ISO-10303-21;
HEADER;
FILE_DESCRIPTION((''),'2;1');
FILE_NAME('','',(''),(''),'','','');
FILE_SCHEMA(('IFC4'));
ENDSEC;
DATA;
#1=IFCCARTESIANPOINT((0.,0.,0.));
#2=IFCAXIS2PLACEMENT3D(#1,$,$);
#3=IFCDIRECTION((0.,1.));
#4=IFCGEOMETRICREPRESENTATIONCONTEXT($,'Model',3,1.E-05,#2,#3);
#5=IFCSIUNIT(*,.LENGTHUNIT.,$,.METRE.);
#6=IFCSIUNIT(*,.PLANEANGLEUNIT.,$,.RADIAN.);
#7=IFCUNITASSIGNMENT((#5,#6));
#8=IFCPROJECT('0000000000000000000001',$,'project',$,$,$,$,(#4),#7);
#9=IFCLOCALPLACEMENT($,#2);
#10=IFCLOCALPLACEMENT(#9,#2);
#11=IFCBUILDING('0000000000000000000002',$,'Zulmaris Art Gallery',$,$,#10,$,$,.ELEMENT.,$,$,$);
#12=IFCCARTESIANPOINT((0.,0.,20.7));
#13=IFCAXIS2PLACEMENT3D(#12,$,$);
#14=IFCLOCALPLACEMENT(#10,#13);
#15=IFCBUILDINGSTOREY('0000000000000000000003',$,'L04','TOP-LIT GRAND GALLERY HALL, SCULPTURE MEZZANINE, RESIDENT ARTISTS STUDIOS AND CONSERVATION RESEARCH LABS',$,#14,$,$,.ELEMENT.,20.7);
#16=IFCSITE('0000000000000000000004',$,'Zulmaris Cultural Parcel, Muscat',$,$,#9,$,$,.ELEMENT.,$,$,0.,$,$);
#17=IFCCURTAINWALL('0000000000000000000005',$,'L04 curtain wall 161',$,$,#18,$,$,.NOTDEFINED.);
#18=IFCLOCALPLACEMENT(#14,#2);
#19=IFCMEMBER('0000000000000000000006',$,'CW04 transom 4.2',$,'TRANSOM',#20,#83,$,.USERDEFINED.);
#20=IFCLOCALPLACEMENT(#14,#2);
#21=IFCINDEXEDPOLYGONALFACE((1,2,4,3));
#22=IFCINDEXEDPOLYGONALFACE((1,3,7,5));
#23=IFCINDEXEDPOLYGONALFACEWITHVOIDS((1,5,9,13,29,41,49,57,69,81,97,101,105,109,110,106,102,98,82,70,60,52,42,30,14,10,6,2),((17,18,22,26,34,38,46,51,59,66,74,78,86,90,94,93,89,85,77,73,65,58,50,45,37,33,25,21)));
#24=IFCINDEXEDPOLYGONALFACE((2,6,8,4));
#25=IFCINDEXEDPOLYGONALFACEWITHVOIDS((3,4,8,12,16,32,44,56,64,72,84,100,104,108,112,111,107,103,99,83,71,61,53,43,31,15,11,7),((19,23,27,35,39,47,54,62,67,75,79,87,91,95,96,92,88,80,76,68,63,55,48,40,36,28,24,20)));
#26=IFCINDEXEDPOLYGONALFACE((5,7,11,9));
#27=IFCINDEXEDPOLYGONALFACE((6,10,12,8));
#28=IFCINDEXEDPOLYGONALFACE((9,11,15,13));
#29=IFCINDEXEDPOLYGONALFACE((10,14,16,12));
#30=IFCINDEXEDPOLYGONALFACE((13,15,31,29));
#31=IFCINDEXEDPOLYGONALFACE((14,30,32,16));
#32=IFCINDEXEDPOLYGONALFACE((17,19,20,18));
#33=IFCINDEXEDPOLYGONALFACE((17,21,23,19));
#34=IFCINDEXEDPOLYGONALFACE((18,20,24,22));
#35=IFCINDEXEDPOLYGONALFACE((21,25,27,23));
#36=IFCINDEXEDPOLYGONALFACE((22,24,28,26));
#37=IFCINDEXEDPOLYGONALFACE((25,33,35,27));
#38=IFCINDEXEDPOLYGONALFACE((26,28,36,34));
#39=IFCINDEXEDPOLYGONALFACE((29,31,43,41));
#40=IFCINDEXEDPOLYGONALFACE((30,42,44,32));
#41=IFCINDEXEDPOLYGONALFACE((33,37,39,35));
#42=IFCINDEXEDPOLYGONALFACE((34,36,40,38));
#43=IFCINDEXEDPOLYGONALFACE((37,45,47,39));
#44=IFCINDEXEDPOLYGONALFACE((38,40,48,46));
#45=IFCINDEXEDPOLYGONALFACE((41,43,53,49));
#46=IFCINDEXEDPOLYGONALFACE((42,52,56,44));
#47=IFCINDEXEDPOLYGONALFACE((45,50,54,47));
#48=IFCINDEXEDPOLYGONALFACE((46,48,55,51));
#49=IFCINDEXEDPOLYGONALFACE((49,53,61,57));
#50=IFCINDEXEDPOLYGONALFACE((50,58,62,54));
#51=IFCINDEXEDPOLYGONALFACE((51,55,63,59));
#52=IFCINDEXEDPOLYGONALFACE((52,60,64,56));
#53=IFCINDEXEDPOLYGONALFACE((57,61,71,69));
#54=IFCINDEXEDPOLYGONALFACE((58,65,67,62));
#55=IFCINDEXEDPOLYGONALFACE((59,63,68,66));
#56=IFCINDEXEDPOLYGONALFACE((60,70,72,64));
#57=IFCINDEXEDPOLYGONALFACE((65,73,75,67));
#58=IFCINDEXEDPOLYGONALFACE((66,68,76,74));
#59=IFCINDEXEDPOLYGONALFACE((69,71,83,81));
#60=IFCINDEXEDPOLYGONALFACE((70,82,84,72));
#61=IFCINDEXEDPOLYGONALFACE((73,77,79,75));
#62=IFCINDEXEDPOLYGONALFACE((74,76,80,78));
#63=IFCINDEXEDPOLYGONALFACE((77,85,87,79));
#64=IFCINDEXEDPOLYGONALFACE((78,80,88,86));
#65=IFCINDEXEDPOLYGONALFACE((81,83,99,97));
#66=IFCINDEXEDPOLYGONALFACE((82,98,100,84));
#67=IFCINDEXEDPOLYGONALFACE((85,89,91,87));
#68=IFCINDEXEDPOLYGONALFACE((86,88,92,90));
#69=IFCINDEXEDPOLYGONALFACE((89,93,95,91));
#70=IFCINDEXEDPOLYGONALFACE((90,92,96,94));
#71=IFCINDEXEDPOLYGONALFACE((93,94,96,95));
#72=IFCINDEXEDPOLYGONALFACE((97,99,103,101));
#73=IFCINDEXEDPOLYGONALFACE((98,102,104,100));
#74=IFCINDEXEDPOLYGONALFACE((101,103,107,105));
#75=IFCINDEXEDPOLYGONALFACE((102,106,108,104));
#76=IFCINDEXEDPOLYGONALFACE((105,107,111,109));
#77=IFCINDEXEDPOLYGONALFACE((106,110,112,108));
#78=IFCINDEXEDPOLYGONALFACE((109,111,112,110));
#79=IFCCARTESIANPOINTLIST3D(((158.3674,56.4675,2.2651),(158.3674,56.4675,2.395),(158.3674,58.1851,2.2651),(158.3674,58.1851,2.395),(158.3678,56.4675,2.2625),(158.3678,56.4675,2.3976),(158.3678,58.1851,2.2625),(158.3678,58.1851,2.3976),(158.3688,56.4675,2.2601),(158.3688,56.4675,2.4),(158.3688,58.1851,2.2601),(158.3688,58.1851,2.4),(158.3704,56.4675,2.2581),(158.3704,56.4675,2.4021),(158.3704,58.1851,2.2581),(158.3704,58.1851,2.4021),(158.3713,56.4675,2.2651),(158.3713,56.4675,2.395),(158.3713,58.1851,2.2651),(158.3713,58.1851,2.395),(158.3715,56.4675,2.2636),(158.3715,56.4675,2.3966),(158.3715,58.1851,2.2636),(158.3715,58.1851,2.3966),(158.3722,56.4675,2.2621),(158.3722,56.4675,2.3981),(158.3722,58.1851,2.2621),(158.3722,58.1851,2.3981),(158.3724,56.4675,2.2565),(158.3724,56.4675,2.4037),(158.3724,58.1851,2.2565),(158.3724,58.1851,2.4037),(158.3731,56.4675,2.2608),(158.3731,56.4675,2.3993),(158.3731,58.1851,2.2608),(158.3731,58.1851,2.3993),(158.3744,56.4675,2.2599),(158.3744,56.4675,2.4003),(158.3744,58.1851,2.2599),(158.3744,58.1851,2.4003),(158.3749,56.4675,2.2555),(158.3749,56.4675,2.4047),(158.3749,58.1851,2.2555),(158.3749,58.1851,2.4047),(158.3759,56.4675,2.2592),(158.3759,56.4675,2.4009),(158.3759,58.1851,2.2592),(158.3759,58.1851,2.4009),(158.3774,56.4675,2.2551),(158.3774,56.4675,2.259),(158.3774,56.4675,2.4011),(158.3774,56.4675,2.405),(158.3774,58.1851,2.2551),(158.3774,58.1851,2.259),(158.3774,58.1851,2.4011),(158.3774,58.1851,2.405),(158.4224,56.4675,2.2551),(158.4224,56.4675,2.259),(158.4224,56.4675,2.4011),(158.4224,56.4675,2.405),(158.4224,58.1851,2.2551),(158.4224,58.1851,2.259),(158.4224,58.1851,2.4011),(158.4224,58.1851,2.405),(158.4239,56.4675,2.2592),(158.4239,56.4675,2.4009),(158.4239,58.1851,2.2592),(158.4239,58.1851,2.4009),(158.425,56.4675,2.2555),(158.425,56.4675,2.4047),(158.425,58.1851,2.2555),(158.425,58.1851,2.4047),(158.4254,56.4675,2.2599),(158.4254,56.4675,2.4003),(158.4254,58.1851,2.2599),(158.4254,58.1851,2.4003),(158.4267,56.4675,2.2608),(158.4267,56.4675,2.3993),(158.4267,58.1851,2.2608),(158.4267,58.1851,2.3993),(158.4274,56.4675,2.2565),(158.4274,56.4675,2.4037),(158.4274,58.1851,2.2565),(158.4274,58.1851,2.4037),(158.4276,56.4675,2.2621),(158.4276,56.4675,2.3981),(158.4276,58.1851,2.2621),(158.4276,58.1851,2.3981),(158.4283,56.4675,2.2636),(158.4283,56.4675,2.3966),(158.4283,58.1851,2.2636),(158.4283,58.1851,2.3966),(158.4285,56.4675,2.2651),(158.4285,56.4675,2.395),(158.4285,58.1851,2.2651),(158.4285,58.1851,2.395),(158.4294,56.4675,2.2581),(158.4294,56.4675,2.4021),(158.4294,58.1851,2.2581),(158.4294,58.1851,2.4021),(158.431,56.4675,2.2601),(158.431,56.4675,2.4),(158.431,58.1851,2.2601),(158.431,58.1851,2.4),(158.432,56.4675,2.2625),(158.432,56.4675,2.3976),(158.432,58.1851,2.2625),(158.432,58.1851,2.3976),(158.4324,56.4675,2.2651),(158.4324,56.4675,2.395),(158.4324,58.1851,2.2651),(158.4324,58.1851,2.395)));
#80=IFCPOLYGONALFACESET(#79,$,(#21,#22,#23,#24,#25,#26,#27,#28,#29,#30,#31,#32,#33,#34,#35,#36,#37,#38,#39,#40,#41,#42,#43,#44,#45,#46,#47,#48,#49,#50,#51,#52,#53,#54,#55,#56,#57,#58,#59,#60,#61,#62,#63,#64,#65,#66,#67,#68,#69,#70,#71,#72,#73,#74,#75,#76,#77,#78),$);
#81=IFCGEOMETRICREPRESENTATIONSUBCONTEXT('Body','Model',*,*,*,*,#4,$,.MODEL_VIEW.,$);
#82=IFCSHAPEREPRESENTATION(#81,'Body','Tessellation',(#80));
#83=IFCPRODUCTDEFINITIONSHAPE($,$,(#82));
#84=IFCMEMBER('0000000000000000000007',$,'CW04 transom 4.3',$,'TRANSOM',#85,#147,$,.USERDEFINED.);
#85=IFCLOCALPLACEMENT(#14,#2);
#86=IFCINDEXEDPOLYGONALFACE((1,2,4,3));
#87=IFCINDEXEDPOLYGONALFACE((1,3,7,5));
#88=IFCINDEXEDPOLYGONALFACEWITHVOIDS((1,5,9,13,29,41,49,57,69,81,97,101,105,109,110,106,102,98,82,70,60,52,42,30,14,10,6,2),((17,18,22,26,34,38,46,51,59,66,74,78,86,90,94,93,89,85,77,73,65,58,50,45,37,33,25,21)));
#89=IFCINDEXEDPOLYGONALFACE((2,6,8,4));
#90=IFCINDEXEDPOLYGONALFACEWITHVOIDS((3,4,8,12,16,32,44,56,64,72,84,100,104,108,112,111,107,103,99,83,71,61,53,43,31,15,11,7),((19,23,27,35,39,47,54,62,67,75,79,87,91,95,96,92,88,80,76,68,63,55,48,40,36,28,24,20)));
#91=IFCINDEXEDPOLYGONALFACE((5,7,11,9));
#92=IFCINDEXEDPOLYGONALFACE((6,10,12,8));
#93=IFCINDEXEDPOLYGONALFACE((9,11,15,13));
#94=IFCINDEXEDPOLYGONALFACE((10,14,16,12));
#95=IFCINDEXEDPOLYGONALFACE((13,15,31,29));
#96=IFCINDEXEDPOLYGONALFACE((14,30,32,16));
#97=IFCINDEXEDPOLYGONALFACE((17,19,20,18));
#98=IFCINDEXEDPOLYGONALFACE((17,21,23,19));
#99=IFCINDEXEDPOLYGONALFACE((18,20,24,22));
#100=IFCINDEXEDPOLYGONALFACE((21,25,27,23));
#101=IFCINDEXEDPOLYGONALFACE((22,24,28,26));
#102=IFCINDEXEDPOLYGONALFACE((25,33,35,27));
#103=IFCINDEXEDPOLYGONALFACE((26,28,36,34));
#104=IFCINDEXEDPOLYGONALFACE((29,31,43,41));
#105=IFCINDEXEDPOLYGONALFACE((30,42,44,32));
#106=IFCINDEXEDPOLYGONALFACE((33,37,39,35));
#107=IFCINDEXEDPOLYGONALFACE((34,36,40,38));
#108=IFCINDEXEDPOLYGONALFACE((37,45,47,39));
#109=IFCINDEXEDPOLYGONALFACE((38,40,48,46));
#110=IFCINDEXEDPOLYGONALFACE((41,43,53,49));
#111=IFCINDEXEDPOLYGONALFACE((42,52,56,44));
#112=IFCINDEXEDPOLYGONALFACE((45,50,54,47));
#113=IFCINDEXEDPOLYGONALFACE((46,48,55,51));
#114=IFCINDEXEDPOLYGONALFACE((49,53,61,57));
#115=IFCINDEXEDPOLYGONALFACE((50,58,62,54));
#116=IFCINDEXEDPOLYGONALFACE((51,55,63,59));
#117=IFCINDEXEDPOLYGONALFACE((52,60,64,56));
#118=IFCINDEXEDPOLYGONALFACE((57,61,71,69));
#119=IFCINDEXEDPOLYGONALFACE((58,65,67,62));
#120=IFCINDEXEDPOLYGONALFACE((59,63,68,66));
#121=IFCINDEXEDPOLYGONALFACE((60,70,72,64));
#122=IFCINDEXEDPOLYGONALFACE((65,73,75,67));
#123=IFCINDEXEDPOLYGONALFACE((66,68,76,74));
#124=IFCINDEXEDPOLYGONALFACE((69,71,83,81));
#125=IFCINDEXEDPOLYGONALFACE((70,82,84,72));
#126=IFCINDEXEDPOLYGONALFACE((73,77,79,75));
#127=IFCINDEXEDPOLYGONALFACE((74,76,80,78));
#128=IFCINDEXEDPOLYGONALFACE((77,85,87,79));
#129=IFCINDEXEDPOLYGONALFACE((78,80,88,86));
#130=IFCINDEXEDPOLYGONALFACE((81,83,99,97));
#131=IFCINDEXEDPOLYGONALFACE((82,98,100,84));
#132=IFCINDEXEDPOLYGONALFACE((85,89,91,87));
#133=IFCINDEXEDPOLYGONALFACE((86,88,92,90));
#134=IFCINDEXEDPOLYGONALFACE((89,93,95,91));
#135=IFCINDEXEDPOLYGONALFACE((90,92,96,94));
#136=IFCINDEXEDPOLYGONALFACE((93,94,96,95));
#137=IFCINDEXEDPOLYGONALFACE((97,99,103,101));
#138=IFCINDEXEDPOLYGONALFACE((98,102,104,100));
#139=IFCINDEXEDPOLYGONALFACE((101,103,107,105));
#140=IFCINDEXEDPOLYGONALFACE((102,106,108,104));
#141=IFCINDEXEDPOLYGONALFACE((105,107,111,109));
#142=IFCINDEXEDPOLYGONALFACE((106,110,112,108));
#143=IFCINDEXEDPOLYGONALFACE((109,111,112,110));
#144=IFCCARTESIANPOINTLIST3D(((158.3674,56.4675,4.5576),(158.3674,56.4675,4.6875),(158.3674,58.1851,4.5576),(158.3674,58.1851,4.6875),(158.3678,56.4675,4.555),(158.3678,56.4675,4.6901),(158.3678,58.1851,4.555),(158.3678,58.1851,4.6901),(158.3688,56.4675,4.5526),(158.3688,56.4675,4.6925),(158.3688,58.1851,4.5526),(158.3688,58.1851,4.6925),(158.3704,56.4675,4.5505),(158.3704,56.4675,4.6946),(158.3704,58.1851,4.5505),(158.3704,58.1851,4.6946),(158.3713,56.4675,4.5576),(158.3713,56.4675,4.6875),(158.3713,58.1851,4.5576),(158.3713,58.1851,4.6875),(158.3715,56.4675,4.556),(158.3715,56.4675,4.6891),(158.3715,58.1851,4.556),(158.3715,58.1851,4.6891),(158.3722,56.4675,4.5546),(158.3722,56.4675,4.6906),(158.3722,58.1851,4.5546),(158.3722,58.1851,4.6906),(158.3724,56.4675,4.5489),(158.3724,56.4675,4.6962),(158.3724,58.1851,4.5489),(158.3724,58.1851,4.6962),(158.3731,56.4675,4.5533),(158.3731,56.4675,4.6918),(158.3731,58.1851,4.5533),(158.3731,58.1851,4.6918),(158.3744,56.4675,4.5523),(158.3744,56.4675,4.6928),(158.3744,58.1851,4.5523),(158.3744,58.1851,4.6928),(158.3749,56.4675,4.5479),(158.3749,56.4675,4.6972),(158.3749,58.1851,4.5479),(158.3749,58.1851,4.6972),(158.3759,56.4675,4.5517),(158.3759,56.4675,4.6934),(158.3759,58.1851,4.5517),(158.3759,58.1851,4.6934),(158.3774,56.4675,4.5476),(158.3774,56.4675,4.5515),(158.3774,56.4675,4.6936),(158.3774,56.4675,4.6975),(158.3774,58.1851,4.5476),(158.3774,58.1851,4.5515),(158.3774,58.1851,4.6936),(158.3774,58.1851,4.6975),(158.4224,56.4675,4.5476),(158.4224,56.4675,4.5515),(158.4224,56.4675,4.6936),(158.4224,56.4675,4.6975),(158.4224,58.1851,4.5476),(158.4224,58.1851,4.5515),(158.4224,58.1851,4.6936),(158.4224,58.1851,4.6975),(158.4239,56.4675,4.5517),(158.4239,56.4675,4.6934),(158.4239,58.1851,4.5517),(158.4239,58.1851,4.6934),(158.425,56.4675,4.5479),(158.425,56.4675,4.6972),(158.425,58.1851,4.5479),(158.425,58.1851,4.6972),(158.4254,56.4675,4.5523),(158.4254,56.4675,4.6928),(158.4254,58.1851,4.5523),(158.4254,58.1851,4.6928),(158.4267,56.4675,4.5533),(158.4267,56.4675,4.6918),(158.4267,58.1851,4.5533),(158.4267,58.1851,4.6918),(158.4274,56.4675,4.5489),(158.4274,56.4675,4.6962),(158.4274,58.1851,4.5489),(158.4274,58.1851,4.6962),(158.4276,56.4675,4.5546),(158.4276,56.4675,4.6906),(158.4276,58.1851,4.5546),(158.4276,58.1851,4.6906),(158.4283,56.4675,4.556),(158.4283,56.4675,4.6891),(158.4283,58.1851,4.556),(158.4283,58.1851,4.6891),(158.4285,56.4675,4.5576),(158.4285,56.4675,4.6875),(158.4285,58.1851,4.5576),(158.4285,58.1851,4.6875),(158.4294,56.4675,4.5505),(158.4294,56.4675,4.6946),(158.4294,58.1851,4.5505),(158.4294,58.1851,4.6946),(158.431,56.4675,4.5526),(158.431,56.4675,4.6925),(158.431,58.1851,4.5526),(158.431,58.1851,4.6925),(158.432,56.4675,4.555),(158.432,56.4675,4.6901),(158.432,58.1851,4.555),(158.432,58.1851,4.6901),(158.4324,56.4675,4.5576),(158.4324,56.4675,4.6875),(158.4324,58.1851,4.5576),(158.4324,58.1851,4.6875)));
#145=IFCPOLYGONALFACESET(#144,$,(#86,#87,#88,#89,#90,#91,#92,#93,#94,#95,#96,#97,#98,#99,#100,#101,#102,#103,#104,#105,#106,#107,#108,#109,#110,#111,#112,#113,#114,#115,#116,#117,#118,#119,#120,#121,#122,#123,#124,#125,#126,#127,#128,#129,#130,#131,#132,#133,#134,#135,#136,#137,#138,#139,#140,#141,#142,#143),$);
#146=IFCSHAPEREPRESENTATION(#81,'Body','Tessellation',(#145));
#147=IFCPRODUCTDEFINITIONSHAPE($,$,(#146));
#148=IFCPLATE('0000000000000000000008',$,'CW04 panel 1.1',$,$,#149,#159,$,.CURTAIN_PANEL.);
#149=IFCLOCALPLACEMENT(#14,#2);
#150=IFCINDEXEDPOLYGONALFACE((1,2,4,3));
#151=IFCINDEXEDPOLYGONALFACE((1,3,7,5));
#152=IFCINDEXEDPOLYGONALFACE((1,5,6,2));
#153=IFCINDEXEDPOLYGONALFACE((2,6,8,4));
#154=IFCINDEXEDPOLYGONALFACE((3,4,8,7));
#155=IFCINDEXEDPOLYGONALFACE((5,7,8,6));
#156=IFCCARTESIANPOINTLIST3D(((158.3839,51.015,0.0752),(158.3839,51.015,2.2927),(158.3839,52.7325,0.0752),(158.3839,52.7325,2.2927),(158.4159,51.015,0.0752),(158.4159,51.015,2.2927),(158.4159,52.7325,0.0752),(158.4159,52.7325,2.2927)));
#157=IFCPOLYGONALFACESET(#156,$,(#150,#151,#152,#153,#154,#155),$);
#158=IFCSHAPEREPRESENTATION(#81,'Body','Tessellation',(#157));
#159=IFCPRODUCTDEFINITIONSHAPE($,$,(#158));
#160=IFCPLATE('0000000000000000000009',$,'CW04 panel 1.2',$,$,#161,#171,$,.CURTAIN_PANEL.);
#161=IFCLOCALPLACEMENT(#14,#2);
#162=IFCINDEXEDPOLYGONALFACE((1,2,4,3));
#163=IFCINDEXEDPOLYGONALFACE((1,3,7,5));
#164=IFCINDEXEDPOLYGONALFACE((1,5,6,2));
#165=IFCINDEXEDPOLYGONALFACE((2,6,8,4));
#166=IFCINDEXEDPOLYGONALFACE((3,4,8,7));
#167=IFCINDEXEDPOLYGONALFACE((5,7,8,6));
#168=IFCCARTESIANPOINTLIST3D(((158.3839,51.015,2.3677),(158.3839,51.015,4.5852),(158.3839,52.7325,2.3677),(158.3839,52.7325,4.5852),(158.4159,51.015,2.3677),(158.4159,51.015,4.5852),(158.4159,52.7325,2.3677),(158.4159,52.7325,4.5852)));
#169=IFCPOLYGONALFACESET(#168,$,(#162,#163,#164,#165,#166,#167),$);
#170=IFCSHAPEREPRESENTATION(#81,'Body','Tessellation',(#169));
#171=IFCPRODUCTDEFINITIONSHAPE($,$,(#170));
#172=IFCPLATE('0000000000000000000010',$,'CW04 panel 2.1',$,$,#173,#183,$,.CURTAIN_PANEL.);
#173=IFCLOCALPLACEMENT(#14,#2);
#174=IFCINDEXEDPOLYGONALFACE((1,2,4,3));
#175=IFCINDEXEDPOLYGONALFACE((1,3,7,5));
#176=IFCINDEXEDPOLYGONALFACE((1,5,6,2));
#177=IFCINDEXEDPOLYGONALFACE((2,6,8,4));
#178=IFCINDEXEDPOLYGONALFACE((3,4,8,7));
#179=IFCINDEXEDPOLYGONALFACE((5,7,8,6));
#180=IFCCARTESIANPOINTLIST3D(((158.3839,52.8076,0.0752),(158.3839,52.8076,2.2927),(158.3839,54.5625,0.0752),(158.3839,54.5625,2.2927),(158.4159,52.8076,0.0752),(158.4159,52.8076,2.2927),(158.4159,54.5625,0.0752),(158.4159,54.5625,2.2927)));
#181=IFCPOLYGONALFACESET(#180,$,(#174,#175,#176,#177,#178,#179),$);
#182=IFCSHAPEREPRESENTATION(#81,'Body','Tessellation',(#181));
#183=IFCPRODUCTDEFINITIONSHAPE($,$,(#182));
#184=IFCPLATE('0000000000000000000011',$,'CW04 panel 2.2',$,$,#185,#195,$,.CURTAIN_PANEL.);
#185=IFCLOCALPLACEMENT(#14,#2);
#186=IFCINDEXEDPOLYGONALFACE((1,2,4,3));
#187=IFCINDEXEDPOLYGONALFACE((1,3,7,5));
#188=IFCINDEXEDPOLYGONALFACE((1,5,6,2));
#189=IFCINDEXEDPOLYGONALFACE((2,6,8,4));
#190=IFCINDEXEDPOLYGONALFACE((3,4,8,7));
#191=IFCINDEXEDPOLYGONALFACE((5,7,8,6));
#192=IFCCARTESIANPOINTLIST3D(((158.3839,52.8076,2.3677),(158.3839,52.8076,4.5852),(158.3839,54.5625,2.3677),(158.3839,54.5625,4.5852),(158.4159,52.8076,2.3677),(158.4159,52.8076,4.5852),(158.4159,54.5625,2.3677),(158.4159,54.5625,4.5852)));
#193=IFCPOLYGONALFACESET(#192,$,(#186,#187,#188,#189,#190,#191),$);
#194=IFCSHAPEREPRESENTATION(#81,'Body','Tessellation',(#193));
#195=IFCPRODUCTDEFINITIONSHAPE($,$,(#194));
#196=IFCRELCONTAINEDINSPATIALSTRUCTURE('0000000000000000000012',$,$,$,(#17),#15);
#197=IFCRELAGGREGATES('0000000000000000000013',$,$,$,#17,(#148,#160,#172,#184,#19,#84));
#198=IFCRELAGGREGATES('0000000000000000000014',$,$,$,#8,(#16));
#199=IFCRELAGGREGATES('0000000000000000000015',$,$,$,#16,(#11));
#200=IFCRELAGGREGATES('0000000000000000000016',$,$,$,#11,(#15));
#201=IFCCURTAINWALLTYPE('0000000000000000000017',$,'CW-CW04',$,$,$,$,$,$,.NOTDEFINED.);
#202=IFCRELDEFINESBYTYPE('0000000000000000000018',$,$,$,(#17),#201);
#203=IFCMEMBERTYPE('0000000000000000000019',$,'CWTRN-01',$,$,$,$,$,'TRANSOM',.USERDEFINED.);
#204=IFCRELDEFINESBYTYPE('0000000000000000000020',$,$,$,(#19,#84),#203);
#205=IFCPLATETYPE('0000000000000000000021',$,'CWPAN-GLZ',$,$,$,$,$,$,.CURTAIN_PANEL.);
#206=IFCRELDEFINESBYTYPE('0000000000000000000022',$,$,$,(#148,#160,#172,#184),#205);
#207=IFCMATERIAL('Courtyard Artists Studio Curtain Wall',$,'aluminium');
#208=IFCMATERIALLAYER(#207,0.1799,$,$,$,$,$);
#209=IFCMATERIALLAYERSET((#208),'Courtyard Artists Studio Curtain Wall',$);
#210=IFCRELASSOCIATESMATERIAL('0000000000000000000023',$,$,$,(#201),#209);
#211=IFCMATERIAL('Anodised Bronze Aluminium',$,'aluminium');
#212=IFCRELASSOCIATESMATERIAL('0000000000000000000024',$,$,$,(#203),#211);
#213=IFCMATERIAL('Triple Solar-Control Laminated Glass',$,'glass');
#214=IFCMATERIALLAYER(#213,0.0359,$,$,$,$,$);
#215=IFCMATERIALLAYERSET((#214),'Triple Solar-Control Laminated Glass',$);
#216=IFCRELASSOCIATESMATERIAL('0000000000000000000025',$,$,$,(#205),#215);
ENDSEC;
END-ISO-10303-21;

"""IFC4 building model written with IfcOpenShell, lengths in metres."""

from ifc_helpers import new_model, si_unit, direction, frame, origin, origin_2d, place, context, subcontext, project, spatial, rectangle, hollow_rectangle, extrude, material, layer, layer_set, material_profile, profile_set, type_object, element, aggregate, save


model = new_model("IFC4")

# Units and contexts
model_context = context("Model", 3, precision=1e-05, world=origin(), true_north=direction((0.0, 1.0)))
body_context = subcontext(model_context, "Body", "Model", "MODEL_VIEW")
ifc_project = project(units=[si_unit("LENGTHUNIT", "METRE"), si_unit("PLANEANGLEUNIT", "RADIAN")], contexts=[model_context])

# Site, building, storey
site_placement = place(None, origin())
site = spatial("IfcSite", under=ifc_project, at=site_placement, Name="Zulmaris Cultural Parcel, Muscat", CompositionType="ELEMENT", RefElevation=0.0)
building_placement = place(site_placement, origin())
building = spatial("IfcBuilding", under=site, at=building_placement, Name="Zulmaris Art Gallery", CompositionType="ELEMENT")
storey_placement = place(building_placement, frame((0.0, 0.0, 20.7)))
storey = spatial("IfcBuildingStorey", under=building, at=storey_placement, Name="L04", Description="TOP-LIT GRAND GALLERY HALL, SCULPTURE MEZZANINE, RESIDENT ARTISTS STUDIOS AND CONSERVATION RESEARCH LABS", CompositionType="ELEMENT", Elevation=20.7)

# Curtain wall, members, plates
ifc_material_1 = material(Name="Courtyard Artists Studio Curtain Wall", Category="aluminium")
ifc_layer_1 = layer(ifc_material_1, 0.1799)
ifc_layer_set_1 = layer_set([ifc_layer_1], Name="Courtyard Artists Studio Curtain Wall")
curtain_wall_type = type_object("IfcCurtainWallType", Name="CW-CW04", PredefinedType="NOTDEFINED", material=ifc_layer_set_1)
curtain_wall_placement = place(storey_placement, origin())
curtain_wall = element("IfcCurtainWall", 1, at=curtain_wall_placement, inside=storey, type_object=curtain_wall_type, Name="L04 curtain wall 161", PredefinedType="NOTDEFINED")
ifc_material_2 = material(Name="Anodised Bronze Aluminium", Category="aluminium")
ifc_material_profile_1 = material_profile(ifc_material_2, hollow_rectangle(XDim=0.0649, YDim=0.1499, WallThickness=0.0039, InnerFilletRadius=0.0061, OuterFilletRadius=0.01, at=origin_2d()), Name="ALU 65x150x4")
ifc_profile_set_1 = profile_set([ifc_material_profile_1], Name="Anodised Bronze Aluminium")
member_type_1 = type_object("IfcMemberType", Name="CWTRN-01", ElementType="TRANSOM", PredefinedType="USERDEFINED", material=ifc_profile_set_1)
member_1_placement = place(storey_placement, frame((158.3999, 56.4675, 2.3301), z_axis=(0.0, 1.0, 0.0), x_axis=(-1.0, 0.0, 0.0)))
member_1 = element("IfcMember", 2, at=member_1_placement, type_object=member_type_1, Name="CW04 transom 4.2", ObjectType="TRANSOM", PredefinedType="USERDEFINED", context=body_context, shape_type="SweptSolid", body=[
    extrude(hollow_rectangle(XDim=0.0649, YDim=0.1499, WallThickness=0.0039, InnerFilletRadius=0.0061, OuterFilletRadius=0.01, at=origin_2d()), origin(), (0.0, 0.0, 1.0), 1.7175),
])
member_2_placement = place(storey_placement, frame((158.3999, 56.4675, 4.6226), z_axis=(0.0, 1.0, 0.0), x_axis=(-1.0, 0.0, 0.0)))
member_2 = element("IfcMember", 3, at=member_2_placement, type_object=member_type_1, Name="CW04 transom 4.3", ObjectType="TRANSOM", PredefinedType="USERDEFINED", context=body_context, shape_type="SweptSolid", body=[
    extrude(hollow_rectangle(XDim=0.0649, YDim=0.1499, WallThickness=0.0039, InnerFilletRadius=0.0061, OuterFilletRadius=0.01, at=origin_2d()), origin(), (0.0, 0.0, 1.0), 1.7175),
])
ifc_material_3 = material(Name="Triple Solar-Control Laminated Glass", Category="glass")
ifc_layer_2 = layer(ifc_material_3, 0.0359)
ifc_layer_set_2 = layer_set([ifc_layer_2], Name="Triple Solar-Control Laminated Glass")
plate_type = type_object("IfcPlateType", Name="CWPAN-GLZ", PredefinedType="CURTAIN_PANEL", material=ifc_layer_set_2)
plate_1_placement = place(storey_placement, frame((158.3999, 51.8738, 0.0752), z_axis=(0.0, 0.0, 1.0), x_axis=(0.0, 1.0, 0.0)))
plate_1 = element("IfcPlate", 4, at=plate_1_placement, type_object=plate_type, Name="CW04 panel 1.1", PredefinedType="CURTAIN_PANEL", context=body_context, shape_type="SweptSolid", body=[
    extrude(rectangle(XDim=1.7175, YDim=0.032, at=origin_2d()), origin(), (0.0, 0.0, 1.0), 2.2175),
])
plate_2_placement = place(storey_placement, frame((158.3999, 51.8738, 2.3677), z_axis=(0.0, 0.0, 1.0), x_axis=(0.0, 1.0, 0.0)))
plate_2 = element("IfcPlate", 5, at=plate_2_placement, type_object=plate_type, Name="CW04 panel 1.2", PredefinedType="CURTAIN_PANEL", context=body_context, shape_type="SweptSolid", body=[
    extrude(rectangle(XDim=1.7175, YDim=0.032, at=origin_2d()), origin(), (0.0, 0.0, 1.0), 2.2175),
])
plate_3_placement = place(storey_placement, frame((158.3999, 53.6851, 0.0752), z_axis=(0.0, 0.0, 1.0), x_axis=(0.0, 1.0, 0.0)))
plate_3 = element("IfcPlate", 6, at=plate_3_placement, type_object=plate_type, Name="CW04 panel 2.1", PredefinedType="CURTAIN_PANEL", context=body_context, shape_type="SweptSolid", body=[
    extrude(rectangle(XDim=1.7549, YDim=0.032, at=origin_2d()), origin(), (0.0, 0.0, 1.0), 2.2175),
])
plate_4_placement = place(storey_placement, frame((158.3999, 53.6851, 2.3677), z_axis=(0.0, 0.0, 1.0), x_axis=(0.0, 1.0, 0.0)))
plate_4 = element("IfcPlate", 7, at=plate_4_placement, type_object=plate_type, Name="CW04 panel 2.2", PredefinedType="CURTAIN_PANEL", context=body_context, shape_type="SweptSolid", body=[
    extrude(rectangle(XDim=1.7549, YDim=0.032, at=origin_2d()), origin(), (0.0, 0.0, 1.0), 2.2175),
])
aggregate(curtain_wall, [plate_1, plate_2, plate_3, plate_4, member_1, member_2])

save(model, "model.ifc")
